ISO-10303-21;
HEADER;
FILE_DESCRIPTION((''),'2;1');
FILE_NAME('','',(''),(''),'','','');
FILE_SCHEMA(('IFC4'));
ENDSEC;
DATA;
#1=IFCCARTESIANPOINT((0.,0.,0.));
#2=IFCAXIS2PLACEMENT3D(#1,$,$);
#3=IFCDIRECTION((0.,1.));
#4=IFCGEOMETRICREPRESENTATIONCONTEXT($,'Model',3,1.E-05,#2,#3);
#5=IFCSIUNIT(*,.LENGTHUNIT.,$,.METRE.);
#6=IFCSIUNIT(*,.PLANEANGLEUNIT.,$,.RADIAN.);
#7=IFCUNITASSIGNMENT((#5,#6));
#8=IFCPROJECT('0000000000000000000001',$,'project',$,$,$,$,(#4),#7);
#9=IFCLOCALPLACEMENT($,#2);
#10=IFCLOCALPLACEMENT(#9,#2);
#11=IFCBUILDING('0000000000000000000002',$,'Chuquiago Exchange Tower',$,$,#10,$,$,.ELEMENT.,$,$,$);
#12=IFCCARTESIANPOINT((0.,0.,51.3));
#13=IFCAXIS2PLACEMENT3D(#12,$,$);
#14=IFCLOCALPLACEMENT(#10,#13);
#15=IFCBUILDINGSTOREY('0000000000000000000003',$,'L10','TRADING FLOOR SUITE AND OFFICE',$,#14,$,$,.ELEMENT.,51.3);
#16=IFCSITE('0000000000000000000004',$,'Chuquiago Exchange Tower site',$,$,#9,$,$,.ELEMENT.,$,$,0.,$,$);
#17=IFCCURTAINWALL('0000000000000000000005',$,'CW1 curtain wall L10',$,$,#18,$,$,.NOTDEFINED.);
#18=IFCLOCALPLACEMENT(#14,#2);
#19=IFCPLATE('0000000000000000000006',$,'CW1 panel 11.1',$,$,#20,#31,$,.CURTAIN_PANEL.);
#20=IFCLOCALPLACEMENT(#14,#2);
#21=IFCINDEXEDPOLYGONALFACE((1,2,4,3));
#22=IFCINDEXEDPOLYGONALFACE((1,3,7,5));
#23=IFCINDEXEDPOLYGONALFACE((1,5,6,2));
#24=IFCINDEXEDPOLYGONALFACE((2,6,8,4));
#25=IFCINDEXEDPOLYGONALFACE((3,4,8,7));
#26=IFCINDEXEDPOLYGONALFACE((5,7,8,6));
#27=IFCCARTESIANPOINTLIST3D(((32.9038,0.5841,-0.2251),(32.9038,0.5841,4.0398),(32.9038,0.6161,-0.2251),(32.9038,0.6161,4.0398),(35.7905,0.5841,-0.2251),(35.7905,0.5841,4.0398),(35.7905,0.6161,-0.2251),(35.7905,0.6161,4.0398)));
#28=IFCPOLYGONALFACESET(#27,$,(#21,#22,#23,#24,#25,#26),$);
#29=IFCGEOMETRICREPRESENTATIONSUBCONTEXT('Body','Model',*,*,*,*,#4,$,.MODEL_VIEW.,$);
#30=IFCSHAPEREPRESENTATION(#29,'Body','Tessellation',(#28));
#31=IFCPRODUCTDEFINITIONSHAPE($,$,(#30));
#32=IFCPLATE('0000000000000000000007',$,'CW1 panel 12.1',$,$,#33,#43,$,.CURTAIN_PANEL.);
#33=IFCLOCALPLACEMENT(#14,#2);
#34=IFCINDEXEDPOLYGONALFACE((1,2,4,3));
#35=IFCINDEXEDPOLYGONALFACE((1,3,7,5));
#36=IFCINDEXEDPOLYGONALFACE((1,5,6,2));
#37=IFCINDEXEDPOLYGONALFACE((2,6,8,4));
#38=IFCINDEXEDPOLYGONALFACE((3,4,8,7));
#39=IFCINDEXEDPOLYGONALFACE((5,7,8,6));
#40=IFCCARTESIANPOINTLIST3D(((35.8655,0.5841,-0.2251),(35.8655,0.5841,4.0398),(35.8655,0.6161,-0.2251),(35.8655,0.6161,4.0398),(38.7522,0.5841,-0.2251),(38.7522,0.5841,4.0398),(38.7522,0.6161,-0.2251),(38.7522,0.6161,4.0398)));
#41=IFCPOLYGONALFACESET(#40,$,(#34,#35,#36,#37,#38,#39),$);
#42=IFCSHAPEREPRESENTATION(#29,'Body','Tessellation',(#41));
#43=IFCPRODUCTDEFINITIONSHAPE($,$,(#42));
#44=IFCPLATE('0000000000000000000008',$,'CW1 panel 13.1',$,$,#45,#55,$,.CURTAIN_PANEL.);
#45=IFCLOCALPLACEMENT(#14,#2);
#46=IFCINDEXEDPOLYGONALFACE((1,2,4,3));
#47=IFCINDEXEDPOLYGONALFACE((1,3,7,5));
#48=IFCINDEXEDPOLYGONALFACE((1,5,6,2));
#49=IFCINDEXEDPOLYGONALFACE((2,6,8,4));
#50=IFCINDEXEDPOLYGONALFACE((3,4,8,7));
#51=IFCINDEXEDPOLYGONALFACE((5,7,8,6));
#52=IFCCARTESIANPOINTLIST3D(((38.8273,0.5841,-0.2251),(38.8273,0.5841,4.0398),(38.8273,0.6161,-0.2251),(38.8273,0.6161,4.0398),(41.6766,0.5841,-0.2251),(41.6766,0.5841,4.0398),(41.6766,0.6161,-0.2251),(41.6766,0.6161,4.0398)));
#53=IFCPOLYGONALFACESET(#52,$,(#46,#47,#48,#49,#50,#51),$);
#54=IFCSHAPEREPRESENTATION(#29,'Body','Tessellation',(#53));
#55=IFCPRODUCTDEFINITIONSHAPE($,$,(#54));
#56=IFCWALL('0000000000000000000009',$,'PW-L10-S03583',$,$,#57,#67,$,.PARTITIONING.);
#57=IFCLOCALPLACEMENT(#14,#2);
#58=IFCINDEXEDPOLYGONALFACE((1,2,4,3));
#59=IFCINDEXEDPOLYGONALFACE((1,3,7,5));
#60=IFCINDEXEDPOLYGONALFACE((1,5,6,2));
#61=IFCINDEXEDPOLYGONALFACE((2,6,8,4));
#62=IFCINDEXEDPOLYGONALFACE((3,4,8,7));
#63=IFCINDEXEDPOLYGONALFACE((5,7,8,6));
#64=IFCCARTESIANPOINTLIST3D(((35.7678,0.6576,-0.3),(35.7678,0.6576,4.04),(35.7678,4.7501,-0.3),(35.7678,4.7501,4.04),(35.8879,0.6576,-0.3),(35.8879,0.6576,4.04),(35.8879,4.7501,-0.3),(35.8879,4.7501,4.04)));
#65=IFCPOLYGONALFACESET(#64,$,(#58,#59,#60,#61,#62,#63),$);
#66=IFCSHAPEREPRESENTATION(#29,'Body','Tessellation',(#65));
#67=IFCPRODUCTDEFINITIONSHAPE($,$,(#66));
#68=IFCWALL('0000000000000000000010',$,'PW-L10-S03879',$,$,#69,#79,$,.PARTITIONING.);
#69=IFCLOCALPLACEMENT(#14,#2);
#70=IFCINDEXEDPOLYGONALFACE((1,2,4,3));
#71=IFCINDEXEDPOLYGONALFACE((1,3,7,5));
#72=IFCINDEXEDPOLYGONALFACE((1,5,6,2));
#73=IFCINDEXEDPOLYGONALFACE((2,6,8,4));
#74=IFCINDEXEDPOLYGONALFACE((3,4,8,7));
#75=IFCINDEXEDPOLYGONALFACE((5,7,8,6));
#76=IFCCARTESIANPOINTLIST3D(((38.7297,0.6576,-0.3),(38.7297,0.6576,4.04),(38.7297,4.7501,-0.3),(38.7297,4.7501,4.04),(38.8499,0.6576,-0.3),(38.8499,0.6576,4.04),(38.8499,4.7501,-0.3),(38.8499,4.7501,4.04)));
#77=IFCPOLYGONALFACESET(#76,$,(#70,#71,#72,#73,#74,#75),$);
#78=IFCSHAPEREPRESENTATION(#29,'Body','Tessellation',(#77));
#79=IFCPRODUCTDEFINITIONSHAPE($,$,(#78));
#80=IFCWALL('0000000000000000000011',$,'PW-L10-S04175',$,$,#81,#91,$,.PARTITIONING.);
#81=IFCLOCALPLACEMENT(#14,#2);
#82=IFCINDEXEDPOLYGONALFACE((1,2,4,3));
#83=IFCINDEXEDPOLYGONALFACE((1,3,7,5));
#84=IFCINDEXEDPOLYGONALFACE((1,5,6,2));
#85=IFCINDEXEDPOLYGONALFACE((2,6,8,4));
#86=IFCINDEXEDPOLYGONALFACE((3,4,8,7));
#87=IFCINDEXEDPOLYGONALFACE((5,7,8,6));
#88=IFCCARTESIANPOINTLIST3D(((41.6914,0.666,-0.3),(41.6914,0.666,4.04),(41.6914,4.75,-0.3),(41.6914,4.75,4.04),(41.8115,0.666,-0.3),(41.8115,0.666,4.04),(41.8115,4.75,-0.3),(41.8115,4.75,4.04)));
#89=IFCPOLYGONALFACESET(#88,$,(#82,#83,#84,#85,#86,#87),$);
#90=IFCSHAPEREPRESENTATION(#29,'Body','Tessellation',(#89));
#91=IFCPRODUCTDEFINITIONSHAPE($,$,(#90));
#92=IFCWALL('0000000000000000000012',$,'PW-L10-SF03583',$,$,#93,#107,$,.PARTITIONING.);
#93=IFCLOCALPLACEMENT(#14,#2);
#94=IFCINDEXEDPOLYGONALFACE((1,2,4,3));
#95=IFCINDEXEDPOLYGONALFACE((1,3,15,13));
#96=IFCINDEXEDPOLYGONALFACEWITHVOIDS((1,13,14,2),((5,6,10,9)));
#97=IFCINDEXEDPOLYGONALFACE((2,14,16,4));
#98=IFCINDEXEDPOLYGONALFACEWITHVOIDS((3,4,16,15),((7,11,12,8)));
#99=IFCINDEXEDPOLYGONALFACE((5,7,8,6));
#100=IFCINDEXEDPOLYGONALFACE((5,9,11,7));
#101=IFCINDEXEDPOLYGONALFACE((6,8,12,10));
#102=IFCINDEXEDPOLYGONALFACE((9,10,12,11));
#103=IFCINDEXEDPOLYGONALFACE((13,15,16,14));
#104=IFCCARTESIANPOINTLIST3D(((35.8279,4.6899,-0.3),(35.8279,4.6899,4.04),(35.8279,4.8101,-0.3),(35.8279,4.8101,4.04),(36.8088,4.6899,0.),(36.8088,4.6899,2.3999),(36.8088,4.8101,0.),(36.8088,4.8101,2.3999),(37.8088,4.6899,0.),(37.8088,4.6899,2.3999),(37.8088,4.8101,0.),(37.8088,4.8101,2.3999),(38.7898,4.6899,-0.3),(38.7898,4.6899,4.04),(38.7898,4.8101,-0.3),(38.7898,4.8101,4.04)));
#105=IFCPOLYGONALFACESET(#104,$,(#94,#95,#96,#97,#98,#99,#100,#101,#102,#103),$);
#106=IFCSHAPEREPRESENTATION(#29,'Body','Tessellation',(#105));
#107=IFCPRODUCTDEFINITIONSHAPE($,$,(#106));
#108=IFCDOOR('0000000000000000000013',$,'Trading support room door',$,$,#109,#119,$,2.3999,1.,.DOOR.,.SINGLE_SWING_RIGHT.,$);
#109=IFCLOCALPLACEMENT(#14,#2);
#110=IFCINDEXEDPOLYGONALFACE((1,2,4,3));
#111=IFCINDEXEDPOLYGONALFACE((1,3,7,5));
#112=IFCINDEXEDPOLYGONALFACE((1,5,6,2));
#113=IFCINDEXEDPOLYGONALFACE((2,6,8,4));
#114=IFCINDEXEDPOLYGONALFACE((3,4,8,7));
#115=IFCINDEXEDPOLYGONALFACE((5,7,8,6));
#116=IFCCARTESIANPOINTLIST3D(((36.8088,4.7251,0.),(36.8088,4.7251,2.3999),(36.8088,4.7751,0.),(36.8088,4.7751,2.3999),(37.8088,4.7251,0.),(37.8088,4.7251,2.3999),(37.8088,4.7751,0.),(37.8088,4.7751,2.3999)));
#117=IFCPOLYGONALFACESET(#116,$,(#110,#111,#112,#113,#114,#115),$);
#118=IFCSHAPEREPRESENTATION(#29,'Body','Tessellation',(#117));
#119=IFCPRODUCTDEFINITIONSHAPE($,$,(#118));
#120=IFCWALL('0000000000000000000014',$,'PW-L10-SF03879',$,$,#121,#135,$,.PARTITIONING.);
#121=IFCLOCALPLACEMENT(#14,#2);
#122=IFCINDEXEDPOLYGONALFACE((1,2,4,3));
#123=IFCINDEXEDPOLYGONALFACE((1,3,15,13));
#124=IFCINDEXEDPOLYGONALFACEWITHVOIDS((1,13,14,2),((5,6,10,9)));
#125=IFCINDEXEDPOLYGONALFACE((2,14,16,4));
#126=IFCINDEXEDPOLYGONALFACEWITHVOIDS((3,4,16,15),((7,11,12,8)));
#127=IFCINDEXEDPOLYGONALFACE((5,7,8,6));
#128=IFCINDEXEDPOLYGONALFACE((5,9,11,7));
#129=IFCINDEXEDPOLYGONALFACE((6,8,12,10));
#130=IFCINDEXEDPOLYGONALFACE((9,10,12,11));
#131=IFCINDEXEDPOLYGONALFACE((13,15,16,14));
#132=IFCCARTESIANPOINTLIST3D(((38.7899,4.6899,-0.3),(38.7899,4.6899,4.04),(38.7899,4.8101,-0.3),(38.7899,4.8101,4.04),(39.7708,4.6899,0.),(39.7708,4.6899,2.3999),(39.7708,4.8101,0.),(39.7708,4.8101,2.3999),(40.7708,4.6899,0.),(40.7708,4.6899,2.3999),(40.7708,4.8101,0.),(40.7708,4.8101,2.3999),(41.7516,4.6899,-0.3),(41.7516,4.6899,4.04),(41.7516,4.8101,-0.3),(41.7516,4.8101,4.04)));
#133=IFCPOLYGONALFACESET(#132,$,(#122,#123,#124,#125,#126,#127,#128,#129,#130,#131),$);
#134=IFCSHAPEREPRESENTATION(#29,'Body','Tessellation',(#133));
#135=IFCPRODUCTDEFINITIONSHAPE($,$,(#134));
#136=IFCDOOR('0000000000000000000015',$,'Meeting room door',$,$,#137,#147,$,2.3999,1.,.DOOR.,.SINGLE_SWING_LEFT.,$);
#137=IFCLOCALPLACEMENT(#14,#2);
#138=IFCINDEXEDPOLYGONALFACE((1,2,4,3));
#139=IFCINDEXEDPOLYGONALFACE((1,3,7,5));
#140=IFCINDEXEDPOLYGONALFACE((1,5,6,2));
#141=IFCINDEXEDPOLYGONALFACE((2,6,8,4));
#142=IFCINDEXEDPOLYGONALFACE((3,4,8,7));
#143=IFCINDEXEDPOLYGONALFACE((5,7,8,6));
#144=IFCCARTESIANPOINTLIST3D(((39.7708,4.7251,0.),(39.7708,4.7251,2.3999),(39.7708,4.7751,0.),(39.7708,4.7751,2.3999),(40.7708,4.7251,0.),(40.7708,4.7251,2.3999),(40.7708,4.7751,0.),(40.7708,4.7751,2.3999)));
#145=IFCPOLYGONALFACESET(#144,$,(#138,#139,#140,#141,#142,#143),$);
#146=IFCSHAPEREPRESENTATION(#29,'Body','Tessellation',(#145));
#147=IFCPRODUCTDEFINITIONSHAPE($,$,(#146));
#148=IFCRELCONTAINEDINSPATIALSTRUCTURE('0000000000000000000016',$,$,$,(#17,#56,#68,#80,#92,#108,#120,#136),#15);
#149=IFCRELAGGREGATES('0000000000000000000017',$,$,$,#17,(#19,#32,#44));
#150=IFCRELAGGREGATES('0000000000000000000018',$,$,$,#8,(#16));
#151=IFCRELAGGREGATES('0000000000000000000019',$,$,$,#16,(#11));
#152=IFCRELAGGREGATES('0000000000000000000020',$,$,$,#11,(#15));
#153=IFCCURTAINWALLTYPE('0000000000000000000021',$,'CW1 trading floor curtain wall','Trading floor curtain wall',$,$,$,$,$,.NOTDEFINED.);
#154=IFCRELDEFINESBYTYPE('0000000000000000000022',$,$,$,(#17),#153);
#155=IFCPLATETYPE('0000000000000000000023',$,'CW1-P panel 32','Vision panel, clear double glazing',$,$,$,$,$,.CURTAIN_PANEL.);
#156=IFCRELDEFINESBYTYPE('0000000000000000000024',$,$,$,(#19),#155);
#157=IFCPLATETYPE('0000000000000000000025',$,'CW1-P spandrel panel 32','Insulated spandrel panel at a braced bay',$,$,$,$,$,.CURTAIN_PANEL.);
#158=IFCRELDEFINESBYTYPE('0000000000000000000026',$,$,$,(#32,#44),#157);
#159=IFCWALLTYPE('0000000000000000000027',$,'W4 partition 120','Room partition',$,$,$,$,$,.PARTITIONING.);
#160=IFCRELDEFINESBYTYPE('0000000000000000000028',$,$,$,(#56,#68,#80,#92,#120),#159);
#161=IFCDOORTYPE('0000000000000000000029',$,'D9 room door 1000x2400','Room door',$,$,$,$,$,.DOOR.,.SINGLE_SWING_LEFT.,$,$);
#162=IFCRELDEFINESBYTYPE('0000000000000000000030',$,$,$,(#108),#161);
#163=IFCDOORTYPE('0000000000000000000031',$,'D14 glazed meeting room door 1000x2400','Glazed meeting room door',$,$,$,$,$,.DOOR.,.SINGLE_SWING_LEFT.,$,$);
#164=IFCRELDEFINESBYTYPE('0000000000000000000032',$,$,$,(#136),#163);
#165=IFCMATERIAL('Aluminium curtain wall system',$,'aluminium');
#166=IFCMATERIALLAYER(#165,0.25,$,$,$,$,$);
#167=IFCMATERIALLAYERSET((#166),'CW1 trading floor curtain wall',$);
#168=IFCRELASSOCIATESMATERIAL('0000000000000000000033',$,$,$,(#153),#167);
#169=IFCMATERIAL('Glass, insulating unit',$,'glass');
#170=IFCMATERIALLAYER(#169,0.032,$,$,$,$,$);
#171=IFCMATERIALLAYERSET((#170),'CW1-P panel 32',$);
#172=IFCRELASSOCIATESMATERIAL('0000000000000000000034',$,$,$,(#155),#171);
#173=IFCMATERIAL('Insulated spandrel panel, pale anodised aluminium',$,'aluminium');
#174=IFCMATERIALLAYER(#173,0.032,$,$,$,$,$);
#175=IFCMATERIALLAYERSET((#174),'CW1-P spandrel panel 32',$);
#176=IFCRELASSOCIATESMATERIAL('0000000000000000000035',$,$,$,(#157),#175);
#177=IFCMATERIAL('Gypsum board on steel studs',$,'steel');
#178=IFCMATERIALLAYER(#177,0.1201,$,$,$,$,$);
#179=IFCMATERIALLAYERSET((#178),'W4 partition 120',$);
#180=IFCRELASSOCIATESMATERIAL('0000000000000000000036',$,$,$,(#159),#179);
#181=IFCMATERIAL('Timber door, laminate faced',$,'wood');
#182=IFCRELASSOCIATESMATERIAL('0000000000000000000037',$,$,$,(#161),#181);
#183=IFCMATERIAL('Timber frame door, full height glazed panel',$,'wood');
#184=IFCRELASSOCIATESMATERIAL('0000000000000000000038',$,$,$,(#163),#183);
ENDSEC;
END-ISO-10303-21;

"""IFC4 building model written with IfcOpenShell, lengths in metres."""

from ifc_helpers import new_model, si_unit, direction, frame, frame_2d, origin, origin_2d, place, context, subcontext, project, spatial, rectangle, extrude, material, layer, layer_set, type_object, element, fill, aggregate, save


model = new_model("IFC4")

# Units and contexts
model_context = context("Model", 3, precision=1e-05, world=origin(), true_north=direction((0.0, 1.0)))
body_context = subcontext(model_context, "Body", "Model", "MODEL_VIEW")
ifc_project = project(units=[si_unit("LENGTHUNIT", "METRE"), si_unit("PLANEANGLEUNIT", "RADIAN")], contexts=[model_context])

# Site, building, storey
site_placement = place(None, origin())
site = spatial("IfcSite", under=ifc_project, at=site_placement, Name="Chuquiago Exchange Tower site", CompositionType="ELEMENT", RefElevation=0.0)
building_placement = place(site_placement, origin())
building = spatial("IfcBuilding", under=site, at=building_placement, Name="Chuquiago Exchange Tower", CompositionType="ELEMENT")
storey_placement = place(building_placement, frame((0.0, 0.0, 51.3)))
storey = spatial("IfcBuildingStorey", under=building, at=storey_placement, Name="L10", Description="TRADING FLOOR SUITE AND OFFICE", CompositionType="ELEMENT", Elevation=51.3)

# Curtain wall
ifc_material_1 = material(Name="Aluminium curtain wall system", Category="aluminium")
ifc_layer_1 = layer(ifc_material_1, 0.25)
ifc_layer_set_1 = layer_set([ifc_layer_1], Name="CW1 trading floor curtain wall")
curtain_wall_type_1 = type_object("IfcCurtainWallType", Name="CW1 trading floor curtain wall", Description="Trading floor curtain wall", PredefinedType="NOTDEFINED", material=ifc_layer_set_1)
curtain_wall_1_placement = place(storey_placement, origin())
curtain_wall_1 = element("IfcCurtainWall", 1, at=curtain_wall_1_placement, inside=storey, type_object=curtain_wall_type_1, Name="CW1 curtain wall L10", PredefinedType="NOTDEFINED")

# Plates
ifc_material_2 = material(Name="Glass, insulating unit", Category="glass")
ifc_layer_2 = layer(ifc_material_2, 0.032)
ifc_layer_set_2 = layer_set([ifc_layer_2], Name="CW1-P panel 32")
plate_type_1 = type_object("IfcPlateType", Name="CW1-P panel 32", Description="Vision panel, clear double glazing", PredefinedType="CURTAIN_PANEL", material=ifc_layer_set_2)
plate_1_placement = place(storey_placement, frame((34.3472, 0.6001, -0.2251), z_axis=(0.0, 0.0, 1.0), x_axis=(1.0, 0.0, 0.0)))
plate_1 = element("IfcPlate", 2, at=plate_1_placement, type_object=plate_type_1, Name="CW1 panel 11.1", PredefinedType="CURTAIN_PANEL", context=body_context, shape_type="SweptSolid", body=[
    extrude(rectangle(XDim=2.8867, YDim=0.032, at=origin_2d()), origin(), (0.0, 0.0, 1.0), 4.2649),
])
ifc_material_3 = material(Name="Insulated spandrel panel, pale anodised aluminium", Category="aluminium")
ifc_layer_3 = layer(ifc_material_3, 0.032)
ifc_layer_set_3 = layer_set([ifc_layer_3], Name="CW1-P spandrel panel 32")
plate_type_2 = type_object("IfcPlateType", Name="CW1-P spandrel panel 32", Description="Insulated spandrel panel at a braced bay", PredefinedType="CURTAIN_PANEL", material=ifc_layer_set_3)
plate_2_placement = place(storey_placement, frame((37.3088, 0.6001, -0.2251), z_axis=(0.0, 0.0, 1.0), x_axis=(1.0, 0.0, 0.0)))
plate_2 = element("IfcPlate", 3, at=plate_2_placement, type_object=plate_type_2, Name="CW1 panel 12.1", PredefinedType="CURTAIN_PANEL", context=body_context, shape_type="SweptSolid", body=[
    extrude(rectangle(XDim=2.8867, YDim=0.032, at=origin_2d()), origin(), (0.0, 0.0, 1.0), 4.2649),
])
plate_3_placement = place(storey_placement, frame((40.252, 0.6001, -0.2251), z_axis=(0.0, 0.0, 1.0), x_axis=(1.0, 0.0, 0.0)))
plate_3 = element("IfcPlate", 4, at=plate_3_placement, type_object=plate_type_2, Name="CW1 panel 13.1", PredefinedType="CURTAIN_PANEL", context=body_context, shape_type="SweptSolid", body=[
    extrude(rectangle(XDim=2.8494, YDim=0.032, at=origin_2d()), origin(), (0.0, 0.0, 1.0), 4.2649),
])
aggregate(curtain_wall_1, [plate_1, plate_2, plate_3])

# Walls
ifc_material_4 = material(Name="Gypsum board on steel studs", Category="steel")
ifc_layer_4 = layer(ifc_material_4, 0.1201)
ifc_layer_set_4 = layer_set([ifc_layer_4], Name="W4 partition 120")
wall_type = type_object("IfcWallType", Name="W4 partition 120", Description="Room partition", PredefinedType="PARTITIONING", material=ifc_layer_set_4)
for number, where, z_axis, x_axis, name in (
    (5, (35.8279, 0.6575, -0.3), (0.0, 0.0, 1.0), (0.0, 1.0, 0.0), "PW-L10-S03583"),
    (6, (38.7898, 0.6575, -0.3), (0.0, 0.0, 1.0), (0.0, 1.0, 0.0), "PW-L10-S03879"),
):
    element("IfcWall", number, at=place(storey_placement, frame(where, z_axis=z_axis, x_axis=x_axis)), inside=storey, type_object=wall_type, Name=name, PredefinedType="PARTITIONING", context=body_context, shape_type="SweptSolid", body=[
        extrude(rectangle(XDim=4.0925, YDim=0.1201, at=frame_2d((2.0464, 0.0))), origin(), (0.0, 0.0, 1.0), 4.3401),
    ])
wall_1_placement = place(storey_placement, frame((41.7515, 0.666, -0.3), z_axis=(0.0, 0.0, 1.0), x_axis=(0.0, 1.0, 0.0)))
element("IfcWall", 7, at=wall_1_placement, inside=storey, type_object=wall_type, Name="PW-L10-S04175", PredefinedType="PARTITIONING", context=body_context, shape_type="SweptSolid", body=[
    extrude(rectangle(XDim=4.084, YDim=0.1201, at=frame_2d((2.042, 0.0))), origin(), (0.0, 0.0, 1.0), 4.3401),
])

# Walls, openings, doors
wall_2_placement = place(storey_placement, frame((35.8279, 4.75, -0.3), z_axis=(0.0, 0.0, 1.0), x_axis=(1.0, 0.0, 0.0)))
wall_2 = element("IfcWall", 8, at=wall_2_placement, inside=storey, type_object=wall_type, Name="PW-L10-SF03583", PredefinedType="PARTITIONING", context=body_context, shape_type="SweptSolid", body=[
    extrude(rectangle(XDim=2.9619, YDim=0.1201, at=frame_2d((1.481, 0.0))), origin(), (0.0, 0.0, 1.0), 4.3401),
])
opening_1_placement = place(wall_2_placement, frame((0.981, 0.0, 0.3)))
opening_1 = element("IfcOpeningElement", 9, at=opening_1_placement, cuts=wall_2, PredefinedType="OPENING", context=body_context, shape_type="SweptSolid", body=[
    extrude(rectangle(XDim=1.0, YDim=2.3999, at=frame_2d((0.5, 1.2))), frame((0.0, 0.0701, 0.0), z_axis=(0.0, -1.0, 0.0), x_axis=(1.0, 0.0, 0.0)), (0.0, 0.0, 1.0), 0.1401),
])
ifc_material_5 = material(Name="Timber door, laminate faced", Category="wood")
door_type_1 = type_object("IfcDoorType", Name="D9 room door 1000x2400", Description="Room door", OperationType="SINGLE_SWING_LEFT", PredefinedType="DOOR", material=ifc_material_5)
door_1_placement = place(opening_1_placement, frame((1.0, 0.0, 0.0), z_axis=(0.0, 0.0, 1.0), x_axis=(-1.0, 0.0, 0.0)))
door_1 = element("IfcDoor", 10, at=door_1_placement, inside=storey, type_object=door_type_1, Name="Trading support room door", OperationType="SINGLE_SWING_RIGHT", OverallHeight=2.3999, OverallWidth=1.0, PredefinedType="DOOR", context=body_context, shape_type="SweptSolid", body=[
    extrude(rectangle(XDim=1.0, YDim=2.3999, at=frame_2d((0.5, 1.2))), frame((0.0, 0.0249, 0.0), z_axis=(0.0, -1.0, 0.0), x_axis=(1.0, 0.0, 0.0)), (0.0, 0.0, 1.0), 0.05),
])
fill(opening_1, door_1)
wall_3_placement = place(storey_placement, frame((38.7898, 4.75, -0.3), z_axis=(0.0, 0.0, 1.0), x_axis=(1.0, 0.0, 0.0)))
wall_3 = element("IfcWall", 11, at=wall_3_placement, inside=storey, type_object=wall_type, Name="PW-L10-SF03879", PredefinedType="PARTITIONING", context=body_context, shape_type="SweptSolid", body=[
    extrude(rectangle(XDim=2.9617, YDim=0.1201, at=frame_2d((1.481, 0.0))), origin(), (0.0, 0.0, 1.0), 4.3401),
])
opening_2_placement = place(wall_3_placement, frame((0.981, 0.0, 0.3)))
opening_2 = element("IfcOpeningElement", 12, at=opening_2_placement, cuts=wall_3, PredefinedType="OPENING", context=body_context, shape_type="SweptSolid", body=[
    extrude(rectangle(XDim=1.0, YDim=2.3999, at=frame_2d((0.5, 1.2))), frame((0.0, 0.0701, 0.0), z_axis=(0.0, -1.0, 0.0), x_axis=(1.0, 0.0, 0.0)), (0.0, 0.0, 1.0), 0.1401),
])
ifc_material_6 = material(Name="Timber frame door, full height glazed panel", Category="wood")
door_type_2 = type_object("IfcDoorType", Name="D14 glazed meeting room door 1000x2400", Description="Glazed meeting room door", OperationType="SINGLE_SWING_LEFT", PredefinedType="DOOR", material=ifc_material_6)
door_2_placement = place(opening_2_placement, frame((1.0, 0.0, 0.0), z_axis=(0.0, 0.0, 1.0), x_axis=(-1.0, 0.0, 0.0)))
door_2 = element("IfcDoor", 13, at=door_2_placement, inside=storey, type_object=door_type_2, Name="Meeting room door", OperationType="SINGLE_SWING_LEFT", OverallHeight=2.3999, OverallWidth=1.0, PredefinedType="DOOR", context=body_context, shape_type="SweptSolid", body=[
    extrude(rectangle(XDim=1.0, YDim=2.3999, at=frame_2d((0.5, 1.2))), frame((0.0, 0.0249, 0.0), z_axis=(0.0, -1.0, 0.0), x_axis=(1.0, 0.0, 0.0)), (0.0, 0.0, 1.0), 0.05),
])
fill(opening_2, door_2)

save(model, "model.ifc")
